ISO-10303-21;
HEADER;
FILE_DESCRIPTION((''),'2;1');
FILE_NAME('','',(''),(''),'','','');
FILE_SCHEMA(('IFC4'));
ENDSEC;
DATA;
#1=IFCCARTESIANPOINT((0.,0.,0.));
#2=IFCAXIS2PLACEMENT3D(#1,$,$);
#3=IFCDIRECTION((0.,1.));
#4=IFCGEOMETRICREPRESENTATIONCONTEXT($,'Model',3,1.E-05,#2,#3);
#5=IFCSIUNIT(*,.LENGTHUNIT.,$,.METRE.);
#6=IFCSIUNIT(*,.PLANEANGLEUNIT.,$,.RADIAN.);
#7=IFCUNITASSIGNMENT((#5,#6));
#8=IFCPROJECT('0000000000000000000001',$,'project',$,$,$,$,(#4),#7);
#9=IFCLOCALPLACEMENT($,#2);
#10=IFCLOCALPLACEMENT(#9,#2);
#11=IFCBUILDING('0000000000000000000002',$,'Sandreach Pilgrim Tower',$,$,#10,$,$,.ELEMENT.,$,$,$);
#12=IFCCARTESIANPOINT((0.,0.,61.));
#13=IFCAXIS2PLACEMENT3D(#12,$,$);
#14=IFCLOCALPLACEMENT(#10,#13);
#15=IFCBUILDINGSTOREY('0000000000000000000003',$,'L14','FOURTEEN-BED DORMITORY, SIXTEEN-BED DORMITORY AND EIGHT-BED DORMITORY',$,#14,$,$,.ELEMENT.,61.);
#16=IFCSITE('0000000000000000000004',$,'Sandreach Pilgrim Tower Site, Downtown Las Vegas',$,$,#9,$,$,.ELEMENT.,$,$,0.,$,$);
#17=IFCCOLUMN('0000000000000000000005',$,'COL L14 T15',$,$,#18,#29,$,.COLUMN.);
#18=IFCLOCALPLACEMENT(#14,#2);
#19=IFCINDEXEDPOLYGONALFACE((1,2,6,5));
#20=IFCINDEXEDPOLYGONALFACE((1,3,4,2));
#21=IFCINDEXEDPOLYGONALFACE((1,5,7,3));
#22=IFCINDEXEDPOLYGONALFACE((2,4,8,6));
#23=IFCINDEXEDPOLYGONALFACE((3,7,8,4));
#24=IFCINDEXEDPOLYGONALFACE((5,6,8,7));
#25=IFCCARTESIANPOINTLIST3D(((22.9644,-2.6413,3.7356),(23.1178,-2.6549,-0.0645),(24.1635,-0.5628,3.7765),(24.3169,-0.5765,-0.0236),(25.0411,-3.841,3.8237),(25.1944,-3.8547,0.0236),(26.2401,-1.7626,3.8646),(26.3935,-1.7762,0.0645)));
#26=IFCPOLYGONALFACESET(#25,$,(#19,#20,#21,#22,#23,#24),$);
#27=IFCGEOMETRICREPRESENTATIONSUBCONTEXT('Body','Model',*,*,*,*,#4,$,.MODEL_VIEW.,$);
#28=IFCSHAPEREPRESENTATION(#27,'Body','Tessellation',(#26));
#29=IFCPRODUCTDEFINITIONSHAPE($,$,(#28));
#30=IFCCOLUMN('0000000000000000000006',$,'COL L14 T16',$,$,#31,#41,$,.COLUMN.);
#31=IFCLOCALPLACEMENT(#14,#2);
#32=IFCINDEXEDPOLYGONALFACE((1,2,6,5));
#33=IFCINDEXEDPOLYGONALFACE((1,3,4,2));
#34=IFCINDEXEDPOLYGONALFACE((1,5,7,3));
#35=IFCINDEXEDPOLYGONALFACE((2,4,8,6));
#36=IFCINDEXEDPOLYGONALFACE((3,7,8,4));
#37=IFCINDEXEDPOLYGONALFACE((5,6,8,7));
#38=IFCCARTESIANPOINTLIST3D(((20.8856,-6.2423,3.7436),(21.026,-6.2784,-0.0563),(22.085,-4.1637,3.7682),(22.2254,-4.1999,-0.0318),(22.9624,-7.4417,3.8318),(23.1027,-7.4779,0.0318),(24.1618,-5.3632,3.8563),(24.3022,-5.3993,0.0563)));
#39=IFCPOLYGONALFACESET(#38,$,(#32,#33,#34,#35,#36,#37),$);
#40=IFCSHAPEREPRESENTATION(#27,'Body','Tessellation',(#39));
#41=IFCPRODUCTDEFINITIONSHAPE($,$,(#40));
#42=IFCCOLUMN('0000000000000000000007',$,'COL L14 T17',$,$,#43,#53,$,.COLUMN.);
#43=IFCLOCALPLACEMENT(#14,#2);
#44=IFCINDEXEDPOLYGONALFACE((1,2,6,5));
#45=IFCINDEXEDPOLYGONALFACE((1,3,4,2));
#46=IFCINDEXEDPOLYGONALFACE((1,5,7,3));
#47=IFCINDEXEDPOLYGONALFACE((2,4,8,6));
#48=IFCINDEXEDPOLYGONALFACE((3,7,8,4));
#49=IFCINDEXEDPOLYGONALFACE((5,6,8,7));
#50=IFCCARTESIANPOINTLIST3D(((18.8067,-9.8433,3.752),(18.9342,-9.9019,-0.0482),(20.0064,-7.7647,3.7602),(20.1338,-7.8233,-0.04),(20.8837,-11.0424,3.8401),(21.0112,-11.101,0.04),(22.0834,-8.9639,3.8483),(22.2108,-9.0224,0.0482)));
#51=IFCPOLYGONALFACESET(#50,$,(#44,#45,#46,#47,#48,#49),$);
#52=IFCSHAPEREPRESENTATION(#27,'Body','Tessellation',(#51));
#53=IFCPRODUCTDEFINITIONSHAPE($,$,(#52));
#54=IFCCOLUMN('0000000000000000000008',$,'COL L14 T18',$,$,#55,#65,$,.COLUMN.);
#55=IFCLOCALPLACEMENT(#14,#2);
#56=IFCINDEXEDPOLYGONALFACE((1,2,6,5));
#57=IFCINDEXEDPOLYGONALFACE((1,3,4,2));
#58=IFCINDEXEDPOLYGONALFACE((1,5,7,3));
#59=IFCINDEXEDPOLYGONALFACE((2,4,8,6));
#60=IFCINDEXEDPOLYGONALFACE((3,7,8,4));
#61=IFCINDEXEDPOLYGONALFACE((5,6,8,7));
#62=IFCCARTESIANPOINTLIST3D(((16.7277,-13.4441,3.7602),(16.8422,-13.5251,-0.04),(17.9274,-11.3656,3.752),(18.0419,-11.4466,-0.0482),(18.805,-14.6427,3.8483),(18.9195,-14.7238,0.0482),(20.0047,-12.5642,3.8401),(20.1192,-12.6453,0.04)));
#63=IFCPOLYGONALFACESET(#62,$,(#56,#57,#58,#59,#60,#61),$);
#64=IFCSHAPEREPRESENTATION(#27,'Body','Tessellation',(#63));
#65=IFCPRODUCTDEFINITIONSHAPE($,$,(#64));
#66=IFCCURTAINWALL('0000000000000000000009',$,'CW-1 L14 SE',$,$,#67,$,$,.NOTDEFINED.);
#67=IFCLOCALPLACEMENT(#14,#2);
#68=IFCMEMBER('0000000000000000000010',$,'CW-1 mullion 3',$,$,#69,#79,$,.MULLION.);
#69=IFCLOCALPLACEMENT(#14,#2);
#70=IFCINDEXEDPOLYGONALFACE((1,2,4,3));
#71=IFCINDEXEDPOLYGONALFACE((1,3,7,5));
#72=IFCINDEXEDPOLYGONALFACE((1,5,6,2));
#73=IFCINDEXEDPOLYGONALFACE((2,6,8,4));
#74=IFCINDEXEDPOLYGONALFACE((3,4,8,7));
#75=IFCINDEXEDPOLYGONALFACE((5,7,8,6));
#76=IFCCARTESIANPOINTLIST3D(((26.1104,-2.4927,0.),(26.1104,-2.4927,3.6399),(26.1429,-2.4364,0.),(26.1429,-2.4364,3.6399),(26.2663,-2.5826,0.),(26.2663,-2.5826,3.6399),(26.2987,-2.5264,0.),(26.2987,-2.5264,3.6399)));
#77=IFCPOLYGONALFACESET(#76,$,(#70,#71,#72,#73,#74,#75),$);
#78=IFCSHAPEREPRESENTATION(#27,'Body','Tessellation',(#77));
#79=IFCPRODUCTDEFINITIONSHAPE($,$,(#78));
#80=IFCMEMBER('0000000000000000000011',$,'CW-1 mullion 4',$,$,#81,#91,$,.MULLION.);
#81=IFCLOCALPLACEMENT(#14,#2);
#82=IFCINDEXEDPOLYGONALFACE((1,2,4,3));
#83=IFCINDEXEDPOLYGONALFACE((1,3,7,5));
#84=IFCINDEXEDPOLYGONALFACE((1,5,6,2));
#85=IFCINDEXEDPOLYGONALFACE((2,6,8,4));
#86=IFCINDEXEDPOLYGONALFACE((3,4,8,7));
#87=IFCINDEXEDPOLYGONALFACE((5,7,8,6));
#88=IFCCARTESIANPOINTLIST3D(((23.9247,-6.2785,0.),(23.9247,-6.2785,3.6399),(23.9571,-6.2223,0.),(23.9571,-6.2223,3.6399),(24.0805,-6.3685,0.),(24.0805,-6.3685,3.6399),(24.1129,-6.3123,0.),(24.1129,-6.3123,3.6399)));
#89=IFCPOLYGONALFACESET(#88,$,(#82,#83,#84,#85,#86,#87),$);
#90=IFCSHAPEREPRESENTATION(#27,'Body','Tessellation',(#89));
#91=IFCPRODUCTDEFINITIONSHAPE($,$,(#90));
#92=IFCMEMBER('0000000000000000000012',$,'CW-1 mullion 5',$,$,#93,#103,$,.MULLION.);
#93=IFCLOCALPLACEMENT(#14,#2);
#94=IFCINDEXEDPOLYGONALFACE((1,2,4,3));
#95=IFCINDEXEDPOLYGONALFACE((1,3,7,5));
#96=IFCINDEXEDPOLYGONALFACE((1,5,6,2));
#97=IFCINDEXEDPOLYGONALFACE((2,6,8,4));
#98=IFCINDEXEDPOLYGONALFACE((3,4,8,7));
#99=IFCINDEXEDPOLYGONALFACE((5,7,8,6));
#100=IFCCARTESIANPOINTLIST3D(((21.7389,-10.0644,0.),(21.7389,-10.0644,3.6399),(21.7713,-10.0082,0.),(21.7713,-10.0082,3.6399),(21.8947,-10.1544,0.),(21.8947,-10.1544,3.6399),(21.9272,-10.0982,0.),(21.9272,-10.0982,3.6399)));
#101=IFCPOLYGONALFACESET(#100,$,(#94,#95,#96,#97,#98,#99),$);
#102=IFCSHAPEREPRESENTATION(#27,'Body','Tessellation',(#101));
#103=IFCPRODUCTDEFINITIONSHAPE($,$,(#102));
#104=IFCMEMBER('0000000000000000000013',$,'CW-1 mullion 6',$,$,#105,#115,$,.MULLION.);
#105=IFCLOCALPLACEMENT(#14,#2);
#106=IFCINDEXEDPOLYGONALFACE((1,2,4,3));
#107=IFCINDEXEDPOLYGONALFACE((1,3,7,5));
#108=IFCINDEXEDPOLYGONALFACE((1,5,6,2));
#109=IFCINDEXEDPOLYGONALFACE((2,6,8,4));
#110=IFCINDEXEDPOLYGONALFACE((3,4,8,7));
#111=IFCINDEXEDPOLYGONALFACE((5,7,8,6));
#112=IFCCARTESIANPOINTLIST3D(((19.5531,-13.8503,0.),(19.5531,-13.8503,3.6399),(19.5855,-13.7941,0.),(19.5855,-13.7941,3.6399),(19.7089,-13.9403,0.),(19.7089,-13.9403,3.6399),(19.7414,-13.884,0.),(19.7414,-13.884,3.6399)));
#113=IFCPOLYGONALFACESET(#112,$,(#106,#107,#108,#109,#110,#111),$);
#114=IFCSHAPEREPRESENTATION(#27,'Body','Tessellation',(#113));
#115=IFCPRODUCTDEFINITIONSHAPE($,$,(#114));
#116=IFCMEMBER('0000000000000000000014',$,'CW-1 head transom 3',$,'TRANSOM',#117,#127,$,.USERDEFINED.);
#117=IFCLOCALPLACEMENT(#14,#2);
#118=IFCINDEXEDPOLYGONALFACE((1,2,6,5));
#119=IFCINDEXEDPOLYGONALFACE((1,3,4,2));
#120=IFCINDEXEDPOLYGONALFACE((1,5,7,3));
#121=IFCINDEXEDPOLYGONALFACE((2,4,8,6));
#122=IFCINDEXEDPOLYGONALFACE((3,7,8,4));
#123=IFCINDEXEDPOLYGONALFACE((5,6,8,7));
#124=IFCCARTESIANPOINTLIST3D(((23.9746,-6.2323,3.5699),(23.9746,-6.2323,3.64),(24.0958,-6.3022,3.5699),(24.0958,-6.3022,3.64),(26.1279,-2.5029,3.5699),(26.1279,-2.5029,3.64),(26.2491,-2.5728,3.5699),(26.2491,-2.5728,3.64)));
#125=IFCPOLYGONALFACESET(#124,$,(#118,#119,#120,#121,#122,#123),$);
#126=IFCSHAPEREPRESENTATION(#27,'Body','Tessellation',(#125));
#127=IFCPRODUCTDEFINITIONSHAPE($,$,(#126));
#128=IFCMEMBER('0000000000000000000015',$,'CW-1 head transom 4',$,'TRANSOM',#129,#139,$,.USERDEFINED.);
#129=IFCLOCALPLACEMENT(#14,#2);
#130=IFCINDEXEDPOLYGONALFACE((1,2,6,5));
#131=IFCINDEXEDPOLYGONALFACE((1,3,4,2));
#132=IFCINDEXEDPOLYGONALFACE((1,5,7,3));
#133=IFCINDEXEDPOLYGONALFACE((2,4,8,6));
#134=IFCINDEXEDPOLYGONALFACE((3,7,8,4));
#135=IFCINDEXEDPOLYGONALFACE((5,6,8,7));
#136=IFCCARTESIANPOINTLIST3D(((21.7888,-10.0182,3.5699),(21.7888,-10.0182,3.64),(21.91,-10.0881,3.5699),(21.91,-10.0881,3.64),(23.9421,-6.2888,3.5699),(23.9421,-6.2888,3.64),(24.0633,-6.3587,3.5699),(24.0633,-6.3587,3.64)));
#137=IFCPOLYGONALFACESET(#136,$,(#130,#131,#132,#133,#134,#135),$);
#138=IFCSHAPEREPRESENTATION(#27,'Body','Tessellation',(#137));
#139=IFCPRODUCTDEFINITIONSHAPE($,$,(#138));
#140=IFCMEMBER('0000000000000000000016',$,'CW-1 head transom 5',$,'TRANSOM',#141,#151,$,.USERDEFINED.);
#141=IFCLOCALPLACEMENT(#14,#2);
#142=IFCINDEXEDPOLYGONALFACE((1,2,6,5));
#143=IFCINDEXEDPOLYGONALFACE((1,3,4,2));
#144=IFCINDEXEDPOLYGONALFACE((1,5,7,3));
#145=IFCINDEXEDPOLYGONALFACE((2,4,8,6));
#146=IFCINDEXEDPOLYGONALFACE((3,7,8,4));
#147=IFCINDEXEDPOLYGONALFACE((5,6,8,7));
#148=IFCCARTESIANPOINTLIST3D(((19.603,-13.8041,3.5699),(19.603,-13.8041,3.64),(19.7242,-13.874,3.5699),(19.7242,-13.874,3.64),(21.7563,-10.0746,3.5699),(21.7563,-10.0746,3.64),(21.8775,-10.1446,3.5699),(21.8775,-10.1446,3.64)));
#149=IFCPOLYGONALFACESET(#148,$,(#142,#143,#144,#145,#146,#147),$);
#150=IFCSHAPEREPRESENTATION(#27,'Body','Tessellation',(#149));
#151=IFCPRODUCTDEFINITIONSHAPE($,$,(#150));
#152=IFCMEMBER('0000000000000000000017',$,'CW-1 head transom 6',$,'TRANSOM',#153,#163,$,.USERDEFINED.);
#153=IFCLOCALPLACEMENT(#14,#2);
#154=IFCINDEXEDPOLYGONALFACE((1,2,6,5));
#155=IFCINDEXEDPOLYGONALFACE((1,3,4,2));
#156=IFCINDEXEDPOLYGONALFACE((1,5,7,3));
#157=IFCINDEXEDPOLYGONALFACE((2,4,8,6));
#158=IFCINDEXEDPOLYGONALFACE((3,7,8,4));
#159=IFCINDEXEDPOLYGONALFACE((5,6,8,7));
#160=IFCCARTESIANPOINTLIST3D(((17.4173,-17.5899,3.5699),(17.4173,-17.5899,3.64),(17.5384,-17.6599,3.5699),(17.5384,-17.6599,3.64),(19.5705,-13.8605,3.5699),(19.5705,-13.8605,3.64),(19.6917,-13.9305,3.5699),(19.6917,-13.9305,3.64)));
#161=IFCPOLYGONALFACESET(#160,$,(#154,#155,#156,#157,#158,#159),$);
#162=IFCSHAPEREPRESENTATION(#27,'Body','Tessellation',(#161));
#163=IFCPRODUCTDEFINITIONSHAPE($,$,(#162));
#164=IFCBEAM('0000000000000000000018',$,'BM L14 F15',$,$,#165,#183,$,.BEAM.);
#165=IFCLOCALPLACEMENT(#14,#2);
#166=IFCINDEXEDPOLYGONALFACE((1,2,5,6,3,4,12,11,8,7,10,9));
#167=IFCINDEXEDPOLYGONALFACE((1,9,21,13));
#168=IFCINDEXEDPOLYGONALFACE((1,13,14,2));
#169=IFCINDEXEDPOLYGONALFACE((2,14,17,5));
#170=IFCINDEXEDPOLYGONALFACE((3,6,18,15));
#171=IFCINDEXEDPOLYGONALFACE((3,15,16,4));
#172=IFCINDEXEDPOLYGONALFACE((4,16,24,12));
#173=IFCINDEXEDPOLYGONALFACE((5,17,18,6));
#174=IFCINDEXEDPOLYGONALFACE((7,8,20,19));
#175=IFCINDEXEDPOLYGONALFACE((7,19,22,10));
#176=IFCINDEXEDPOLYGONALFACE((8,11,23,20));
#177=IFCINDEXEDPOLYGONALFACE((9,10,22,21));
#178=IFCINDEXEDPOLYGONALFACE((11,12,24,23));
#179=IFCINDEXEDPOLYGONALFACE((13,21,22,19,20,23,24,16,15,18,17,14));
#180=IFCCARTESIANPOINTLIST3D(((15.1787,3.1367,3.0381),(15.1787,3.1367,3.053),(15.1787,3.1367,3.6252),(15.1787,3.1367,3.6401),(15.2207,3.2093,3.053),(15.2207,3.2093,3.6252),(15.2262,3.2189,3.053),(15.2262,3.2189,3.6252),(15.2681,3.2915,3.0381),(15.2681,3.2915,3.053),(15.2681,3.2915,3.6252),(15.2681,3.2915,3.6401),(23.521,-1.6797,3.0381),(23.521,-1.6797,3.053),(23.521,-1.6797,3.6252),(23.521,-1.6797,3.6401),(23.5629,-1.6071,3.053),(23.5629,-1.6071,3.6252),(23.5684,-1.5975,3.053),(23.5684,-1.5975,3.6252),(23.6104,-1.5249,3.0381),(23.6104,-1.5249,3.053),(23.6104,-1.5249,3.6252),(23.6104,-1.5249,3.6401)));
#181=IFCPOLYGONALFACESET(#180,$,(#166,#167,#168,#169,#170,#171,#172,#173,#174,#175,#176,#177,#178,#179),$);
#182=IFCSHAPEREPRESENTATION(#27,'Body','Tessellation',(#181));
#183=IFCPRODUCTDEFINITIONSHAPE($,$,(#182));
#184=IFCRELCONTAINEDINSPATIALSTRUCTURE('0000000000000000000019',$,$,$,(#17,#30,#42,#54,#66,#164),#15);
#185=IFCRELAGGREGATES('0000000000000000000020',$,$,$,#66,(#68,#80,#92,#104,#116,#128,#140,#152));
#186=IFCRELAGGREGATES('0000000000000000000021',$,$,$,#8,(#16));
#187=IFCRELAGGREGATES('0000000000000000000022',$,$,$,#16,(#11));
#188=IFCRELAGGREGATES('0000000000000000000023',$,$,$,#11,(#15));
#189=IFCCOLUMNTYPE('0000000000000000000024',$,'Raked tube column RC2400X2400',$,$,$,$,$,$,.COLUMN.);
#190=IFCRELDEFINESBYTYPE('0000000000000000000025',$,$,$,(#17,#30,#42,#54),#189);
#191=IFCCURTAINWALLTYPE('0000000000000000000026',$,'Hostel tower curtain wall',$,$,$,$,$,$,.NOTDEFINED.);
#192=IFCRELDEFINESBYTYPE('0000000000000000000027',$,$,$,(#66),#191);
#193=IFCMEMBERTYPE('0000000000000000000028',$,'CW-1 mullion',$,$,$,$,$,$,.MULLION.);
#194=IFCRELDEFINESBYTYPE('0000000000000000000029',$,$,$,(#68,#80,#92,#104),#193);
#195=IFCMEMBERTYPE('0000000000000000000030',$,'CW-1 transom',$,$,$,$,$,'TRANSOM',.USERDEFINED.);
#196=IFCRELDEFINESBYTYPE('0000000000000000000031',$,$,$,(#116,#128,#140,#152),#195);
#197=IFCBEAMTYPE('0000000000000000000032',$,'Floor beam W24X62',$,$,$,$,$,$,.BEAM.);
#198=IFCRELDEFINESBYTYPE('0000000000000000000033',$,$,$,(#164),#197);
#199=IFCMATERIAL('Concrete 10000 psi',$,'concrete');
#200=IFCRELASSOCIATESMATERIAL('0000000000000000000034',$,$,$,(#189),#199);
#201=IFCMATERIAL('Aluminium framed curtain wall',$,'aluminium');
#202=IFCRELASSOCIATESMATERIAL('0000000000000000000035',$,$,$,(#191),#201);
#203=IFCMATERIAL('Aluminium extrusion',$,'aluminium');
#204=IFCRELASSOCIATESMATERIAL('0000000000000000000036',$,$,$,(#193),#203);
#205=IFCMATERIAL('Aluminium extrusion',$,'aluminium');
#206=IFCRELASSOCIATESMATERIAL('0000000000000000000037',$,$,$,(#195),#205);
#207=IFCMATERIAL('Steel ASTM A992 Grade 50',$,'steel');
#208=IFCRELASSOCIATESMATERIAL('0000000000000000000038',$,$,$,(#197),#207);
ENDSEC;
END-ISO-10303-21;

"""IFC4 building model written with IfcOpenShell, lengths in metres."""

from ifc_helpers import new_model, si_unit, direction, frame, origin, origin_2d, place, context, subcontext, project, spatial, rectangle, i_section, extrude, material, material_profile, profile_set, type_object, element, aggregate, save


model = new_model("IFC4")

# Units and contexts
model_context = context("Model", 3, precision=1e-05, world=origin(), true_north=direction((0.0, 1.0)))
body_context = subcontext(model_context, "Body", "Model", "MODEL_VIEW")
ifc_project = project(units=[si_unit("LENGTHUNIT", "METRE"), si_unit("PLANEANGLEUNIT", "RADIAN")], contexts=[model_context])

# Site, building, storey
site_placement = place(None, origin())
site = spatial("IfcSite", under=ifc_project, at=site_placement, Name="Sandreach Pilgrim Tower Site, Downtown Las Vegas", CompositionType="ELEMENT", RefElevation=0.0)
building_placement = place(site_placement, origin())
building = spatial("IfcBuilding", under=site, at=building_placement, Name="Sandreach Pilgrim Tower", CompositionType="ELEMENT")
storey_placement = place(building_placement, frame((0.0, 0.0, 61.0)))
storey = spatial("IfcBuildingStorey", under=building, at=storey_placement, Name="L14", Description="FOURTEEN-BED DORMITORY, SIXTEEN-BED DORMITORY AND EIGHT-BED DORMITORY", CompositionType="ELEMENT", Elevation=61.0)

# Columns
ifc_material_1 = material(Name="Concrete 10000 psi", Category="concrete")
ifc_material_profile_1 = material_profile(ifc_material_1, rectangle(XDim=2.3999, YDim=2.3999, at=origin_2d()), Name="RC2400X2400")
ifc_profile_set_1 = profile_set([ifc_material_profile_1], Name="Concrete 10000 psi")
column_type = type_object("IfcColumnType", Name="Raked tube column RC2400X2400", PredefinedType="COLUMN", material=ifc_profile_set_1)
column_placement = place(storey_placement, frame((24.7556, -2.2156, 0.0), z_axis=(-0.040314, 0.003595, 0.999181), x_axis=(0.865292, -0.499922, 0.036711)))
element("IfcColumn", 1, at=column_placement, inside=storey, type_object=column_type, Name="COL L14 T15", PredefinedType="COLUMN", context=body_context, shape_type="SweptSolid", body=[
    extrude(rectangle(XDim=2.3999, YDim=2.3999, at=origin_2d()), origin(), (0.0, 0.0, 1.0), 3.8032),
])
for number, where, z_axis, x_axis, name in (
    (2, (22.6641, -5.8389, 0.0), (-0.036915, 0.009502, 0.999273), (0.865363, -0.499798, 0.03672), "COL L14 T16"),
    (3, (20.5725, -9.4622, 0.0), (-0.033514, 0.015409, 0.999319), (0.865448, -0.499651, 0.036729), "COL L14 T17"),
    (4, (18.4807, -13.0852, 0.0), (-0.030111, 0.021315, 0.999319), (0.865558, -0.49946, 0.036734), "COL L14 T18"),
):
    element("IfcColumn", number, at=place(storey_placement, frame(where, z_axis=z_axis, x_axis=x_axis)), inside=storey, type_object=column_type, Name=name, PredefinedType="COLUMN", context=body_context, shape_type="SweptSolid", body=[
        extrude(rectangle(XDim=2.3999, YDim=2.3999, at=origin_2d()), origin(), (0.0, 0.0, 1.0), 3.8027),
    ])

# Curtain wall, members
ifc_material_2 = material(Name="Aluminium framed curtain wall", Category="aluminium")
curtain_wall_type = type_object("IfcCurtainWallType", Name="Hostel tower curtain wall", PredefinedType="NOTDEFINED", material=ifc_material_2)
curtain_wall_placement = place(storey_placement, origin())
curtain_wall = element("IfcCurtainWall", 5, at=curtain_wall_placement, inside=storey, type_object=curtain_wall_type, Name="CW-1 L14 SE", PredefinedType="NOTDEFINED")
ifc_material_3 = material(Name="Aluminium extrusion", Category="aluminium")
ifc_material_profile_2 = material_profile(ifc_material_3, rectangle(XDim=0.0649, YDim=0.1799, at=origin_2d()), Name="CW-1M 65X180")
ifc_profile_set_2 = profile_set([ifc_material_profile_2], Name="Aluminium extrusion")
member_type_1 = type_object("IfcMemberType", Name="CW-1 mullion", PredefinedType="MULLION", material=ifc_profile_set_2)
member_1_placement = place(storey_placement, frame((26.2046, -2.5095, 0.0), z_axis=(0.0, 0.0, 1.0), x_axis=(-0.5, -0.866025, 0.0)))
member_1 = element("IfcMember", 6, at=member_1_placement, type_object=member_type_1, Name="CW-1 mullion 3", PredefinedType="MULLION", context=body_context, shape_type="SweptSolid", body=[
    extrude(rectangle(XDim=0.0649, YDim=0.1799, at=origin_2d()), origin(), (0.0, 0.0, 1.0), 3.6399),
])
member_2_placement = place(storey_placement, frame((24.0188, -6.2954, 0.0), z_axis=(0.0, 0.0, 1.0), x_axis=(-0.5, -0.866025, 0.0)))
member_2 = element("IfcMember", 7, at=member_2_placement, type_object=member_type_1, Name="CW-1 mullion 4", PredefinedType="MULLION", context=body_context, shape_type="SweptSolid", body=[
    extrude(rectangle(XDim=0.0649, YDim=0.1799, at=origin_2d()), origin(), (0.0, 0.0, 1.0), 3.6399),
])
member_3_placement = place(storey_placement, frame((21.833, -10.0813, 0.0), z_axis=(0.0, 0.0, 1.0), x_axis=(-0.5, -0.866025, 0.0)))
member_3 = element("IfcMember", 8, at=member_3_placement, type_object=member_type_1, Name="CW-1 mullion 5", PredefinedType="MULLION", context=body_context, shape_type="SweptSolid", body=[
    extrude(rectangle(XDim=0.0649, YDim=0.1799, at=origin_2d()), origin(), (0.0, 0.0, 1.0), 3.6399),
])
member_4_placement = place(storey_placement, frame((19.6472, -13.8672, 0.0), z_axis=(0.0, 0.0, 1.0), x_axis=(-0.5, -0.866025, 0.0)))
member_4 = element("IfcMember", 9, at=member_4_placement, type_object=member_type_1, Name="CW-1 mullion 6", PredefinedType="MULLION", context=body_context, shape_type="SweptSolid", body=[
    extrude(rectangle(XDim=0.0649, YDim=0.1799, at=origin_2d()), origin(), (0.0, 0.0, 1.0), 3.6399),
])
ifc_material_4 = material(Name="Aluminium extrusion", Category="aluminium")
ifc_material_profile_3 = material_profile(ifc_material_4, rectangle(XDim=0.1399, YDim=0.0701, at=origin_2d()), Name="CW-1T 140X70")
ifc_profile_set_3 = profile_set([ifc_material_profile_3], Name="Aluminium extrusion")
member_type_2 = type_object("IfcMemberType", Name="CW-1 transom", ElementType="TRANSOM", PredefinedType="USERDEFINED", material=ifc_profile_set_3)
member_5_placement = place(storey_placement, frame((26.1885, -2.5378, 3.605), z_axis=(-0.500017, -0.866016, 0.0), x_axis=(0.866016, -0.500017, 0.0)))
member_5 = element("IfcMember", 10, at=member_5_placement, type_object=member_type_2, Name="CW-1 head transom 3", ObjectType="TRANSOM", PredefinedType="USERDEFINED", context=body_context, shape_type="SweptSolid", body=[
    extrude(rectangle(XDim=0.1399, YDim=0.0701, at=origin_2d()), origin(), (0.0, 0.0, 1.0), 4.3064),
])
member_6_placement = place(storey_placement, frame((24.0027, -6.3237, 3.605), z_axis=(-0.500017, -0.866016, 0.0), x_axis=(0.866016, -0.500017, 0.0)))
member_6 = element("IfcMember", 11, at=member_6_placement, type_object=member_type_2, Name="CW-1 head transom 4", ObjectType="TRANSOM", PredefinedType="USERDEFINED", context=body_context, shape_type="SweptSolid", body=[
    extrude(rectangle(XDim=0.1399, YDim=0.0701, at=origin_2d()), origin(), (0.0, 0.0, 1.0), 4.3064),
])
member_7_placement = place(storey_placement, frame((21.8169, -10.1096, 3.605), z_axis=(-0.500017, -0.866016, 0.0), x_axis=(0.866016, -0.500017, 0.0)))
member_7 = element("IfcMember", 12, at=member_7_placement, type_object=member_type_2, Name="CW-1 head transom 5", ObjectType="TRANSOM", PredefinedType="USERDEFINED", context=body_context, shape_type="SweptSolid", body=[
    extrude(rectangle(XDim=0.1399, YDim=0.0701, at=origin_2d()), origin(), (0.0, 0.0, 1.0), 4.3064),
])
member_8_placement = place(storey_placement, frame((19.6311, -13.8955, 3.605), z_axis=(-0.500017, -0.866016, 0.0), x_axis=(0.866016, -0.500017, 0.0)))
member_8 = element("IfcMember", 13, at=member_8_placement, type_object=member_type_2, Name="CW-1 head transom 6", ObjectType="TRANSOM", PredefinedType="USERDEFINED", context=body_context, shape_type="SweptSolid", body=[
    extrude(rectangle(XDim=0.1399, YDim=0.0701, at=origin_2d()), origin(), (0.0, 0.0, 1.0), 4.3064),
])

# Beam
ifc_material_5 = material(Name="Steel ASTM A992 Grade 50", Category="steel")
ifc_material_profile_4 = material_profile(ifc_material_5, i_section(OverallWidth=0.1787, OverallDepth=0.6021, WebThickness=0.011, FlangeThickness=0.0149, at=origin_2d()), Name="W24X62")
ifc_profile_set_4 = profile_set([ifc_material_profile_4], Name="Steel ASTM A992 Grade 50")
beam_type_1 = type_object("IfcBeamType", Name="Floor beam W24X62", PredefinedType="BEAM", material=ifc_profile_set_4)
beam_1_placement = place(storey_placement, frame((23.5657, -1.6023, 3.3391), z_axis=(-0.866026, 0.499999, 0.0), x_axis=(-0.499999, -0.866026, 0.0)))
element("IfcBeam", 14, at=beam_1_placement, inside=storey, type_object=beam_type_1, Name="BM L14 F15", PredefinedType="BEAM", context=body_context, shape_type="SweptSolid", body=[
    extrude(i_section(OverallWidth=0.1787, OverallDepth=0.6021, WebThickness=0.011, FlangeThickness=0.0149, at=origin_2d()), origin(), (0.0, 0.0, 1.0), 9.6328),
])

aggregate(curtain_wall, [member_1, member_2, member_3, member_4, member_5, member_6, member_7, member_8])

save(model, "model.ifc")
